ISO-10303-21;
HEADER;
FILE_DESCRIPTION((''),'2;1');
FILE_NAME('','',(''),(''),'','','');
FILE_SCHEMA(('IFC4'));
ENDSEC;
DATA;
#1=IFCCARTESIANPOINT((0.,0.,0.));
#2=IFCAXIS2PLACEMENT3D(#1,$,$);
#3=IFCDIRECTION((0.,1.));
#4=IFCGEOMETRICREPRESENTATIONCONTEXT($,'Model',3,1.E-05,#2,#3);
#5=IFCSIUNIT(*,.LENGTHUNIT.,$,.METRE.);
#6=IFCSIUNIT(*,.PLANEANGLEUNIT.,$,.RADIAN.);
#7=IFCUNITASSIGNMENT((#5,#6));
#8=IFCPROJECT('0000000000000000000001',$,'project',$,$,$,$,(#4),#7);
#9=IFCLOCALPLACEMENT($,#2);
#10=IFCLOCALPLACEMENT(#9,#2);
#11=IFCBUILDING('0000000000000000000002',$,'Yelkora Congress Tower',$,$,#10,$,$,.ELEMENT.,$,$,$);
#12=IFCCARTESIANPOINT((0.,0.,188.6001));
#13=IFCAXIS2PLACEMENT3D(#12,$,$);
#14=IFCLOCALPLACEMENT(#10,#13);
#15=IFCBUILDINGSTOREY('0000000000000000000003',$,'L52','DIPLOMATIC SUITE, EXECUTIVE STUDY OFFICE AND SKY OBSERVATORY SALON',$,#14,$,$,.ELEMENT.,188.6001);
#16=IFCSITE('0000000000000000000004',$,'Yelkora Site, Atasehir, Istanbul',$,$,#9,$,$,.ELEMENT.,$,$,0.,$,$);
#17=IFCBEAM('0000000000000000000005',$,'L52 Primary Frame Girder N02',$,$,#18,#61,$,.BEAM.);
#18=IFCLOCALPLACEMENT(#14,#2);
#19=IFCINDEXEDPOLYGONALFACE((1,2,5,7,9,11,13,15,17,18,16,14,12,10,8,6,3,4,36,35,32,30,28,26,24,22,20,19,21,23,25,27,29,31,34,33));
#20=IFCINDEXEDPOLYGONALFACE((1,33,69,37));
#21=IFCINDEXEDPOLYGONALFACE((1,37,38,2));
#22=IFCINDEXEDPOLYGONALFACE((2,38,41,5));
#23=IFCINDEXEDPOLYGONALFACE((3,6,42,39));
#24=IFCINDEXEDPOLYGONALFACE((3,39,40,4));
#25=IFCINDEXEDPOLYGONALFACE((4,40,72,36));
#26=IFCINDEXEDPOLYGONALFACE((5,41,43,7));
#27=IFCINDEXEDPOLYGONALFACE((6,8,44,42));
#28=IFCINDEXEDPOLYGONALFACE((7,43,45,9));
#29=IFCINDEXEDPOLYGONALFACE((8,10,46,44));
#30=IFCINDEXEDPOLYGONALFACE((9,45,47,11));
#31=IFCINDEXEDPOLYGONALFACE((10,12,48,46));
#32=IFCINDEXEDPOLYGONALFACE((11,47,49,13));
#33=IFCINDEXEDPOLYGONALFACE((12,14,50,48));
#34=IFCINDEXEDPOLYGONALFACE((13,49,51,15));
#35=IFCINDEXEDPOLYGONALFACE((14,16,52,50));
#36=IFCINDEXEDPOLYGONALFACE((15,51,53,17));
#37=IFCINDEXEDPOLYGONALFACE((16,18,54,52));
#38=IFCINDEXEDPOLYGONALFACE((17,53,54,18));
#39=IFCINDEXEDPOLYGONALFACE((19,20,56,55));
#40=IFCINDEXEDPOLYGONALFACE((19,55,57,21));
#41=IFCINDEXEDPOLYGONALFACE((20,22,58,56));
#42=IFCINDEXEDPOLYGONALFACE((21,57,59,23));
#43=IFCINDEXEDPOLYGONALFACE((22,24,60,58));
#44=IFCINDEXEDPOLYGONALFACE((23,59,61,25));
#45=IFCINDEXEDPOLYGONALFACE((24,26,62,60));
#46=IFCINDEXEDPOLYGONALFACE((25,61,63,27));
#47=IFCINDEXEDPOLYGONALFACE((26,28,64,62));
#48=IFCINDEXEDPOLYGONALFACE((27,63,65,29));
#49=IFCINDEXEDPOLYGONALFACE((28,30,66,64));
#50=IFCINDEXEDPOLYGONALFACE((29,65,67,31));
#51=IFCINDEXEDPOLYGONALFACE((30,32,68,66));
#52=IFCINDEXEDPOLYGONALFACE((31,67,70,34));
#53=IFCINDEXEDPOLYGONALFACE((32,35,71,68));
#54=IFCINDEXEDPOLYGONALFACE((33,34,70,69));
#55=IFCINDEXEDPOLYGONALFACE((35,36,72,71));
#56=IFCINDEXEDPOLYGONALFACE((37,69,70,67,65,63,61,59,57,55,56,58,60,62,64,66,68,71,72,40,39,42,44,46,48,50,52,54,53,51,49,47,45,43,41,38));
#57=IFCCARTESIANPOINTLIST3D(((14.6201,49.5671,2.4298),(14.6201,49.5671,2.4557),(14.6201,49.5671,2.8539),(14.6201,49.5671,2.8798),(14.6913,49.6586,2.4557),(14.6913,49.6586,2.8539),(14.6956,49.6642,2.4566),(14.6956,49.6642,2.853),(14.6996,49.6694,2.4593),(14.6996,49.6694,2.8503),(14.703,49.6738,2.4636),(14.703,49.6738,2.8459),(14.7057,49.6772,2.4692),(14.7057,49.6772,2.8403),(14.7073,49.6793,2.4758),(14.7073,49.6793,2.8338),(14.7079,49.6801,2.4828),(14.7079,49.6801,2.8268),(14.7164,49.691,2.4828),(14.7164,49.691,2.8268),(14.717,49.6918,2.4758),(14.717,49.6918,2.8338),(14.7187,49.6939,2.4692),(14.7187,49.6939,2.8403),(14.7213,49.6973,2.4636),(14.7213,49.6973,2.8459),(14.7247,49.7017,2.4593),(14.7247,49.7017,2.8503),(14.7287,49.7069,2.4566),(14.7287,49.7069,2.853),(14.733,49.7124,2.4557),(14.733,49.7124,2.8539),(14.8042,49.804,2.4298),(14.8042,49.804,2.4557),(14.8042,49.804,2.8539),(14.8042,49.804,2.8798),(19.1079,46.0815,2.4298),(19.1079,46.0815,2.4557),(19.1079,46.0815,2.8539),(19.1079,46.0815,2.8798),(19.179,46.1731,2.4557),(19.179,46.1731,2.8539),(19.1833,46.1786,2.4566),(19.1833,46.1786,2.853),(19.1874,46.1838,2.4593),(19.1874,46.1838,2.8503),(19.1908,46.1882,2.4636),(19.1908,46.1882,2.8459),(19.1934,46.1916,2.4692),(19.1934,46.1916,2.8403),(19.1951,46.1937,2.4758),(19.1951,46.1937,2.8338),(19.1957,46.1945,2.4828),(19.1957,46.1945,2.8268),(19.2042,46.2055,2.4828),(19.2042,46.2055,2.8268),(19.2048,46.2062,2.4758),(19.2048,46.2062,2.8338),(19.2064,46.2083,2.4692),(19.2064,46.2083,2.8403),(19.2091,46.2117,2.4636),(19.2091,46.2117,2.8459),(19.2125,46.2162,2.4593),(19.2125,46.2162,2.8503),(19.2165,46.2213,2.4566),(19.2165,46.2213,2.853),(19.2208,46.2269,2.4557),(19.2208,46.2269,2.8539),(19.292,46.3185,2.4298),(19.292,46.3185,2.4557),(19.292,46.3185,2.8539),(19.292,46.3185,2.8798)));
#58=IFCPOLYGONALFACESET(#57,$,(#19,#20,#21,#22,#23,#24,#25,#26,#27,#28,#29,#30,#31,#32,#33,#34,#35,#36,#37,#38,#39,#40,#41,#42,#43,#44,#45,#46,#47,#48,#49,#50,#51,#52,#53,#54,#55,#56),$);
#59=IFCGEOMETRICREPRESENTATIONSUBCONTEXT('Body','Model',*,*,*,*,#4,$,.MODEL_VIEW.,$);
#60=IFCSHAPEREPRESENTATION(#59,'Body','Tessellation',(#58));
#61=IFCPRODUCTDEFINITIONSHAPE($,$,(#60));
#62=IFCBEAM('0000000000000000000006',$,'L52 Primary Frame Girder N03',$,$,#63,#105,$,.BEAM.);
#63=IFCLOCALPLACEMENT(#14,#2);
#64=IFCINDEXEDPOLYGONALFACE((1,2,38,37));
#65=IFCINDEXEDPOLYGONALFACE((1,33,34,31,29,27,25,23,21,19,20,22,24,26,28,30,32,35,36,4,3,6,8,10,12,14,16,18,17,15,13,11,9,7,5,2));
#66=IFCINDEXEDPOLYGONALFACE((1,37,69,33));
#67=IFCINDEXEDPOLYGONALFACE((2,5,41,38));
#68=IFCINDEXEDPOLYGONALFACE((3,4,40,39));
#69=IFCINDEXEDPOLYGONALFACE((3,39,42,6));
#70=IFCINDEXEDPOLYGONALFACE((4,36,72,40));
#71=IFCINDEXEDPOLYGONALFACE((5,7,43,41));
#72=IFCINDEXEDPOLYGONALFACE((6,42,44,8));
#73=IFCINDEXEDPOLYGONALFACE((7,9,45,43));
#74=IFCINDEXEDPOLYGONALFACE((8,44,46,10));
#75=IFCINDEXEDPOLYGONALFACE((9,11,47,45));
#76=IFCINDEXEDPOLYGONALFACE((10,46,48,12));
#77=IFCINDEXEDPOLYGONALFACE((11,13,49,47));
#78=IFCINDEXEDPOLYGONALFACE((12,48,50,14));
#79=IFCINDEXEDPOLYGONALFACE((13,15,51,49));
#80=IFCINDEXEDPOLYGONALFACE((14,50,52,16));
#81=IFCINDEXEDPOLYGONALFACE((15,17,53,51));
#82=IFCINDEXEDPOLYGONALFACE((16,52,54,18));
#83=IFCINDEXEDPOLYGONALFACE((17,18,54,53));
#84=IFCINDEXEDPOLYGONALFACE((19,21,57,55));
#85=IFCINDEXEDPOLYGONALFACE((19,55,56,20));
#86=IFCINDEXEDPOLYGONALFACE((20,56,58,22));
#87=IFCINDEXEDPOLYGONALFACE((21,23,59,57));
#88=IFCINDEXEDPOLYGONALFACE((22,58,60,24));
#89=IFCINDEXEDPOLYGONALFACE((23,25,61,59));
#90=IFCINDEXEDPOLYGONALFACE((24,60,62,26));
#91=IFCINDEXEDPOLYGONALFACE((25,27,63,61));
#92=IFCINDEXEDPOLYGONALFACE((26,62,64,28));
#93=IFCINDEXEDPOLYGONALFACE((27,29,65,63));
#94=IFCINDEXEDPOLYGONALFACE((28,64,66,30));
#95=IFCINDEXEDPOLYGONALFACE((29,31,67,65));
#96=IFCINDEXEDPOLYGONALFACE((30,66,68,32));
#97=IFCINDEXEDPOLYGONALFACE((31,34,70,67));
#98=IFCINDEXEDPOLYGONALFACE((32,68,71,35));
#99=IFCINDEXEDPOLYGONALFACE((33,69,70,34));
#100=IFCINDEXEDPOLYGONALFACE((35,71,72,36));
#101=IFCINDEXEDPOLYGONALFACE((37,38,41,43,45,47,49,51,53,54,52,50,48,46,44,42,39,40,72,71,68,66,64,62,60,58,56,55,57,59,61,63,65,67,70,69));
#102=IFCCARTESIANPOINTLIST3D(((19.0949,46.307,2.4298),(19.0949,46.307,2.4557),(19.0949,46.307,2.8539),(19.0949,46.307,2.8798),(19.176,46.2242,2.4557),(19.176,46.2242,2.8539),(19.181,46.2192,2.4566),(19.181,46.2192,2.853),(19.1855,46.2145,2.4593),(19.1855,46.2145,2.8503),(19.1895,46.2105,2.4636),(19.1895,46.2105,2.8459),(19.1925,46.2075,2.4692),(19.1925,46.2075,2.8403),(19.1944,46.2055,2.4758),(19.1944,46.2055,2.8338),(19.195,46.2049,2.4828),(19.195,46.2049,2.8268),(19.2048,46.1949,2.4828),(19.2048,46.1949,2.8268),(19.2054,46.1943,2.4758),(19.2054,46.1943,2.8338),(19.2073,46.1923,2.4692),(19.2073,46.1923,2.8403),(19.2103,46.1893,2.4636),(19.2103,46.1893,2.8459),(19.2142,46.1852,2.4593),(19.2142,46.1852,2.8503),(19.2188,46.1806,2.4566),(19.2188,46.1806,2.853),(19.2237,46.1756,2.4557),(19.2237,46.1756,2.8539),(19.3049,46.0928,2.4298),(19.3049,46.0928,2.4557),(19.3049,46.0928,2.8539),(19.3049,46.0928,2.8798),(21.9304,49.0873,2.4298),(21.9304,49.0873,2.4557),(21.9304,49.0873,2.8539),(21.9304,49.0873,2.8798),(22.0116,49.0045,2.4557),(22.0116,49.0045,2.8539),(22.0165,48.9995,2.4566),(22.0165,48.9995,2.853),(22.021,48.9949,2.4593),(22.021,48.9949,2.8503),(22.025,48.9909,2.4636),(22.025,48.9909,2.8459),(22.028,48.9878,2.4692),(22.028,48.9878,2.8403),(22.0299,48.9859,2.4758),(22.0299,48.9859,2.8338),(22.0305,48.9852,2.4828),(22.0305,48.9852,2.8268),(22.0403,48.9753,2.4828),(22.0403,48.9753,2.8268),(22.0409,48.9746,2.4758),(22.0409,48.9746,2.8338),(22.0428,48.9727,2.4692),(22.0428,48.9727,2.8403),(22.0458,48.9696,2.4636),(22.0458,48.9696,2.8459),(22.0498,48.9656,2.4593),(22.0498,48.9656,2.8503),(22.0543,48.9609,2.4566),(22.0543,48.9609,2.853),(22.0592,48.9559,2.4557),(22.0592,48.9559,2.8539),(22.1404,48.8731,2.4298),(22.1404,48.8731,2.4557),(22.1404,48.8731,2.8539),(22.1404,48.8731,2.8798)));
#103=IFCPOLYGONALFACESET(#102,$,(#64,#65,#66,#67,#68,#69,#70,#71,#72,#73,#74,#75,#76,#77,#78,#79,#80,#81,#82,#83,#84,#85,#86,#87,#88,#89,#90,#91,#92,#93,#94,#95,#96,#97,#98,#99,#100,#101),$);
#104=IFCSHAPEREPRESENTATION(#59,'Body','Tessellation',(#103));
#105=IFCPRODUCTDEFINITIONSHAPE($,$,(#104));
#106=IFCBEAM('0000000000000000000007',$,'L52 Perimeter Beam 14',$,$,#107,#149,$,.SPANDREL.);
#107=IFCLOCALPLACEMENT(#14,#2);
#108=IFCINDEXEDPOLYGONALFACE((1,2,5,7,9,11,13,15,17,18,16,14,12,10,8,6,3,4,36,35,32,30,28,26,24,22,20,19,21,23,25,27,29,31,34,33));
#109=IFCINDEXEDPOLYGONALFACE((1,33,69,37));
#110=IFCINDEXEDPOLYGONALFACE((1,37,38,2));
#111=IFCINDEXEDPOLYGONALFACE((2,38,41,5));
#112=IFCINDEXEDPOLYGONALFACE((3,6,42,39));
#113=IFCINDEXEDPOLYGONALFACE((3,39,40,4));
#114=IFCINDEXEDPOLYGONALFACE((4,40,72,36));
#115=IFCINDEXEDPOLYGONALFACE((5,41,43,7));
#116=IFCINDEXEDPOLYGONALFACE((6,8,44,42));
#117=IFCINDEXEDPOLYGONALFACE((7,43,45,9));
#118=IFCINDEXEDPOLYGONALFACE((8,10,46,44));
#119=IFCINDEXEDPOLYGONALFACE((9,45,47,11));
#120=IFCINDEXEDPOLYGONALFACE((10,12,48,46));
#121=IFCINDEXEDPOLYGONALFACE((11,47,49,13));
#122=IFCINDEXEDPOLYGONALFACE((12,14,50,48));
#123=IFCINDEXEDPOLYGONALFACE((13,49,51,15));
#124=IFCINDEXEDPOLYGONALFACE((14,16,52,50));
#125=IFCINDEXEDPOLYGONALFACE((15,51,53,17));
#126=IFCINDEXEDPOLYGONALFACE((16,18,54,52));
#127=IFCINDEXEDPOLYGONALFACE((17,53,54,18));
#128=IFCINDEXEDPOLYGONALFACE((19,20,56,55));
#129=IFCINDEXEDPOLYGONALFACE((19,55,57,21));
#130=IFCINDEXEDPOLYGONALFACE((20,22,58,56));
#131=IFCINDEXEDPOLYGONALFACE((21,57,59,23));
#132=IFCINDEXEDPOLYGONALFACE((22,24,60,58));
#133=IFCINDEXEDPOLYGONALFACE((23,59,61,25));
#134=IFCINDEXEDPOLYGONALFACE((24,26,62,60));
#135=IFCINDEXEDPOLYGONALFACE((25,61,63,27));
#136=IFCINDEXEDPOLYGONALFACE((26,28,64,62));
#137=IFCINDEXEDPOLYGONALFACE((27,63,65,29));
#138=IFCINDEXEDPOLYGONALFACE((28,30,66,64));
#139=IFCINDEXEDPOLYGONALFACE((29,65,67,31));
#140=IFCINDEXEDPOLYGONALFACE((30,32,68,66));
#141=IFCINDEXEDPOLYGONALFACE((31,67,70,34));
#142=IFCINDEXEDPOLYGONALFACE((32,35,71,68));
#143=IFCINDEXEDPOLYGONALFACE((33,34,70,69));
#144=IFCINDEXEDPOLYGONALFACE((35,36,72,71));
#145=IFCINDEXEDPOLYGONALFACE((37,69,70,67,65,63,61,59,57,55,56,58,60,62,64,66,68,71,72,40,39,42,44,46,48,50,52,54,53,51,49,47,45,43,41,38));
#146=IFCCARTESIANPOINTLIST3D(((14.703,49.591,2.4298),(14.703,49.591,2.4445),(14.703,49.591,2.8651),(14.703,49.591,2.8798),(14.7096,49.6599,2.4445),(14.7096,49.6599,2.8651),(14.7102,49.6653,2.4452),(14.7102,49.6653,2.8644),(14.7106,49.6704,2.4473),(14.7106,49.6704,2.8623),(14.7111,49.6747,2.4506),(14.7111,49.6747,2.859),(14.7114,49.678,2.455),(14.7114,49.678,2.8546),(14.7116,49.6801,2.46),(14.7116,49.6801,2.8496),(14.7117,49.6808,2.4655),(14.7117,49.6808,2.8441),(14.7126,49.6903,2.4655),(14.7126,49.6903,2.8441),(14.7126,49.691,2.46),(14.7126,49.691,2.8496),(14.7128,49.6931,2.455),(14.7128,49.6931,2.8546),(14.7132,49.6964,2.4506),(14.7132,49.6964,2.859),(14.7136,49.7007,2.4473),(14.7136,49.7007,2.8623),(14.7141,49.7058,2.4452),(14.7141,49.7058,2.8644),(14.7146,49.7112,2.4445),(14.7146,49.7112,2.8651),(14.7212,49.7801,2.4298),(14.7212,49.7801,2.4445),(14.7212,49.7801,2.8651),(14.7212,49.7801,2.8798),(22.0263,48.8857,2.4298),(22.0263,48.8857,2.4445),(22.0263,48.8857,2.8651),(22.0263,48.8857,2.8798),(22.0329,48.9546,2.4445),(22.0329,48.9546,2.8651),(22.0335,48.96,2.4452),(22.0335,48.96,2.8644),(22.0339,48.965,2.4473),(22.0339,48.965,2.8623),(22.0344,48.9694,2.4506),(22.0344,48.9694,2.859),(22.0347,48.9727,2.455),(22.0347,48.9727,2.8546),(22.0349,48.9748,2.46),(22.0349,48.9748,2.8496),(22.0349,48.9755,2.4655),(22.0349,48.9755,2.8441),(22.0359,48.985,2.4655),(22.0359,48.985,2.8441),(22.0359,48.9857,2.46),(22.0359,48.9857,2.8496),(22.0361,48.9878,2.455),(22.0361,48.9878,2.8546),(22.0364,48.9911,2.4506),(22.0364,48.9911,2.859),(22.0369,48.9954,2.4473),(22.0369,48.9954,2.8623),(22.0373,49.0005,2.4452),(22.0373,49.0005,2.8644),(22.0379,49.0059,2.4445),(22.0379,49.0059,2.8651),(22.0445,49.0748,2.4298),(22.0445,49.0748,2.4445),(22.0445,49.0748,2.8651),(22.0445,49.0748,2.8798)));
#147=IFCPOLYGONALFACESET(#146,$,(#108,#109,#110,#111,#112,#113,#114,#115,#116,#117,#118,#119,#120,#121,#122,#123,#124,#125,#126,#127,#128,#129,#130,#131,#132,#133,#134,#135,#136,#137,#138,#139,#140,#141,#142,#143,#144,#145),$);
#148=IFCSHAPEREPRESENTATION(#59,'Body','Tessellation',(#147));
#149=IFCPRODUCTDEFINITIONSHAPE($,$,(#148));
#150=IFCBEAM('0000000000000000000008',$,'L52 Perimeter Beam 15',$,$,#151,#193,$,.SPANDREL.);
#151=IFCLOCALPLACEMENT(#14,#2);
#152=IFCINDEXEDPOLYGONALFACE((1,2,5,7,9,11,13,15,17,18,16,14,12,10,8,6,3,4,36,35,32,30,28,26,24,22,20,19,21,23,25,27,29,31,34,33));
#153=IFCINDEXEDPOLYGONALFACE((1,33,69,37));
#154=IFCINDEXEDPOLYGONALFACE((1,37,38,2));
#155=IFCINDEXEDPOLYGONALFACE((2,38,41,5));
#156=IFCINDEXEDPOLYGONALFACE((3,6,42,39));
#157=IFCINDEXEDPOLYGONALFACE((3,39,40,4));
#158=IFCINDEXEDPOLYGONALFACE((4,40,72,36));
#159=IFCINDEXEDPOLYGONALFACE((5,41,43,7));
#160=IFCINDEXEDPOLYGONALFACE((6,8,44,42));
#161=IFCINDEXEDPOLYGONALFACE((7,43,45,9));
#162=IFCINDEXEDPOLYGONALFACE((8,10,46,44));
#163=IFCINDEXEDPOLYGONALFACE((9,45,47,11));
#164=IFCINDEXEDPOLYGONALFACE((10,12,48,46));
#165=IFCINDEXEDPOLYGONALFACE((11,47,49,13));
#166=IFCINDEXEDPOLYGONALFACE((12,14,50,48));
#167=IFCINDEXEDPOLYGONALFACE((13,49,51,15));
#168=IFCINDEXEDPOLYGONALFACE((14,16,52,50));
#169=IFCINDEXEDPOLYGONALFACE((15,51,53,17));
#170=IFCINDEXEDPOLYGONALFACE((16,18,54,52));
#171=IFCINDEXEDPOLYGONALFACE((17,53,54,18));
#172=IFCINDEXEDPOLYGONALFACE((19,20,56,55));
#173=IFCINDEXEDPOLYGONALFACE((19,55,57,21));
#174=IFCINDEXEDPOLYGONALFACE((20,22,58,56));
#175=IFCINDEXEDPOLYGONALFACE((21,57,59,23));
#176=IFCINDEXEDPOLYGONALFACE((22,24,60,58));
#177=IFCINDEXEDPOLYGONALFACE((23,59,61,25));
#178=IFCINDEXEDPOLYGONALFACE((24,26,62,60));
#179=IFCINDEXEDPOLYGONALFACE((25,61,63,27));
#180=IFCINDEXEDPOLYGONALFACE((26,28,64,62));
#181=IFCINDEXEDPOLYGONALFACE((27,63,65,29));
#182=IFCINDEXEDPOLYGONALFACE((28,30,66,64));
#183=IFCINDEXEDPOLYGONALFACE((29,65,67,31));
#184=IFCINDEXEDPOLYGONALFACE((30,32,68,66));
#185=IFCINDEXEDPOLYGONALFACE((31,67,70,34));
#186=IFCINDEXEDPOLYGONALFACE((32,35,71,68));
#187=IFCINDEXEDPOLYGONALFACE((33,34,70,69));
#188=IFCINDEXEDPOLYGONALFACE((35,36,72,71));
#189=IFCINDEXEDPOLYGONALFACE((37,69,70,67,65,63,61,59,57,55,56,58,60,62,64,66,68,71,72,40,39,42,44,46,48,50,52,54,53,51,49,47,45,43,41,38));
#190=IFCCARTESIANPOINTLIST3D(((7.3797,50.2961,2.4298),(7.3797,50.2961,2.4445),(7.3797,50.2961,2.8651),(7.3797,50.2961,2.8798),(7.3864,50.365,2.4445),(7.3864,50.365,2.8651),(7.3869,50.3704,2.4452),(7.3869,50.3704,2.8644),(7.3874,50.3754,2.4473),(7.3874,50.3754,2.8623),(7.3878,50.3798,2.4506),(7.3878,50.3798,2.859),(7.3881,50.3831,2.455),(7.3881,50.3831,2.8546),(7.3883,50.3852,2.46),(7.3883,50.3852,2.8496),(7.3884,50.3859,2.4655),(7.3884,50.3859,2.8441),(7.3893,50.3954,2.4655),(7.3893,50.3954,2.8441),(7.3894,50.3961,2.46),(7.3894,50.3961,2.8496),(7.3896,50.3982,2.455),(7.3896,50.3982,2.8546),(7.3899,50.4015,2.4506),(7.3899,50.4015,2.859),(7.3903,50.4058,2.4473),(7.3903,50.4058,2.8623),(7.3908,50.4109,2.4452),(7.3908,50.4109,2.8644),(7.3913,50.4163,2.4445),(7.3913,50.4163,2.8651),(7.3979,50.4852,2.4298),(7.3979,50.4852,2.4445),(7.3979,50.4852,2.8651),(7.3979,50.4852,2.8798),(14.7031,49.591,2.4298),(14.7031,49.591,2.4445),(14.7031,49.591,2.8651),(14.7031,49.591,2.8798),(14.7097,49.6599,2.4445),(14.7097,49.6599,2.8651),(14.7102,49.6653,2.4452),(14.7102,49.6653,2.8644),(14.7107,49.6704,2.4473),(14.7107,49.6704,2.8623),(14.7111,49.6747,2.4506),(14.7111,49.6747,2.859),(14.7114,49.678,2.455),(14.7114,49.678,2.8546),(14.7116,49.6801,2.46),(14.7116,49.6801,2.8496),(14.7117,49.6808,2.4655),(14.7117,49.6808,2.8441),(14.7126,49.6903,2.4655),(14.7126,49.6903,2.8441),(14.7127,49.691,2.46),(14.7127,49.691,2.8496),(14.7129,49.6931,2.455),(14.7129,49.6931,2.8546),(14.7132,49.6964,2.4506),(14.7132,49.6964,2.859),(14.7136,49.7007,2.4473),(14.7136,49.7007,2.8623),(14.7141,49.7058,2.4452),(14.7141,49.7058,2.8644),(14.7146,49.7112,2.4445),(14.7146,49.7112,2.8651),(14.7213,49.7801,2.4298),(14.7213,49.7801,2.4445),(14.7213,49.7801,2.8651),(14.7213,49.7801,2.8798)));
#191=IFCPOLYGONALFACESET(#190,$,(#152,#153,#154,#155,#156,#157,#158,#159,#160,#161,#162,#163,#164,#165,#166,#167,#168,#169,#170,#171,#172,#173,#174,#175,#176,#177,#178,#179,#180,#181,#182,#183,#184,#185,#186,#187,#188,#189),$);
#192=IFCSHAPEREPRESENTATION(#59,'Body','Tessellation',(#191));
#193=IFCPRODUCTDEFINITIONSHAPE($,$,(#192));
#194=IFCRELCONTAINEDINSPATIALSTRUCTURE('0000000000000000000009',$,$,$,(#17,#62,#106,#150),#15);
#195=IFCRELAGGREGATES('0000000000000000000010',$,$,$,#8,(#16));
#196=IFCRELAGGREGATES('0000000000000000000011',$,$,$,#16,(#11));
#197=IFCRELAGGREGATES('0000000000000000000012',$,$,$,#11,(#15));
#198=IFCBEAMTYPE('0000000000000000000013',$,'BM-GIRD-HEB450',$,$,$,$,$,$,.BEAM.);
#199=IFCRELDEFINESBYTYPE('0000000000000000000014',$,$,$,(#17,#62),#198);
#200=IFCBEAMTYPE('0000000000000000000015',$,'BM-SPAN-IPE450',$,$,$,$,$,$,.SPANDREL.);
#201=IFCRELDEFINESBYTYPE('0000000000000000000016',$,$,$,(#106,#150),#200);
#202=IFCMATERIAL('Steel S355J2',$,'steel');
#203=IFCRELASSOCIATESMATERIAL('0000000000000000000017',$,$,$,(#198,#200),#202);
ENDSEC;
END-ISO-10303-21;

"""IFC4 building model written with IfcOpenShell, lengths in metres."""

from ifc_helpers import new_model, si_unit, direction, frame, origin, origin_2d, place, context, subcontext, project, spatial, i_section, extrude, material, material_profile, profile_set, type_object, element, save


model = new_model("IFC4")

# Units and contexts
model_context = context("Model", 3, precision=1e-05, world=origin(), true_north=direction((0.0, 1.0)))
body_context = subcontext(model_context, "Body", "Model", "MODEL_VIEW")
ifc_project = project(units=[si_unit("LENGTHUNIT", "METRE"), si_unit("PLANEANGLEUNIT", "RADIAN")], contexts=[model_context])

# Site, building, storey
site_placement = place(None, origin())
site = spatial("IfcSite", under=ifc_project, at=site_placement, Name="Yelkora Site, Atasehir, Istanbul", CompositionType="ELEMENT", RefElevation=0.0)
building_placement = place(site_placement, origin())
building = spatial("IfcBuilding", under=site, at=building_placement, Name="Yelkora Congress Tower", CompositionType="ELEMENT")
storey_placement = place(building_placement, frame((0.0, 0.0, 188.6001)))
storey = spatial("IfcBuildingStorey", under=building, at=storey_placement, Name="L52", Description="DIPLOMATIC SUITE, EXECUTIVE STUDY OFFICE AND SKY OBSERVATORY SALON", CompositionType="ELEMENT", Elevation=188.6001)

# Beams
ifc_material_1 = material(Name="Steel S355J2", Category="steel")
ifc_material_profile_1 = material_profile(ifc_material_1, i_section(OverallWidth=0.3, OverallDepth=0.45, WebThickness=0.0139, FlangeThickness=0.0259, FilletRadius=0.0271, at=origin_2d()), Name="HEB 450")
ifc_profile_set_1 = profile_set([ifc_material_profile_1], Name="Steel S355J2")
beam_type_1 = type_object("IfcBeamType", Name="BM-GIRD-HEB450", PredefinedType="BEAM", material=ifc_profile_set_1)
beam_1_placement = place(storey_placement, frame((14.7122, 49.6855, 2.6548), z_axis=(0.789771, -0.613402, 0.0), x_axis=(0.613402, 0.789771, 0.0)))
element("IfcBeam", 1, at=beam_1_placement, inside=storey, type_object=beam_type_1, Name="L52 Primary Frame Girder N02", PredefinedType="BEAM", context=body_context, shape_type="SweptSolid", body=[
    extrude(i_section(OverallWidth=0.3, OverallDepth=0.45, WebThickness=0.0139, FlangeThickness=0.0259, FilletRadius=0.0271, at=origin_2d()), origin(), (0.0, 0.0, 1.0), 5.6824),
])
beam_2_placement = place(storey_placement, frame((22.0354, 48.9802, 2.6548), z_axis=(-0.71402, -0.700126, 0.0), x_axis=(0.700126, -0.71402, 0.0)))
element("IfcBeam", 2, at=beam_2_placement, inside=storey, type_object=beam_type_1, Name="L52 Primary Frame Girder N03", PredefinedType="BEAM", context=body_context, shape_type="SweptSolid", body=[
    extrude(i_section(OverallWidth=0.3, OverallDepth=0.45, WebThickness=0.0139, FlangeThickness=0.0259, FilletRadius=0.0271, at=origin_2d()), origin(), (0.0, 0.0, 1.0), 3.9712),
])
ifc_material_profile_2 = material_profile(ifc_material_1, i_section(OverallWidth=0.1899, OverallDepth=0.45, WebThickness=0.0095, FlangeThickness=0.0146, FilletRadius=0.021, at=origin_2d()), Name="IPE 450")
ifc_profile_set_2 = profile_set([ifc_material_profile_2], Name="Steel S355J2")
beam_type_2 = type_object("IfcBeamType", Name="BM-SPAN-IPE450", PredefinedType="SPANDREL", material=ifc_profile_set_2)
for number, where, z_axis, x_axis, name in (
    (3, (22.0354, 48.9802, 2.6548), (-0.995394, 0.095869, 0.0), (-0.095869, -0.995394, 0.0), "L52 Perimeter Beam 14"),
    (4, (14.7122, 49.6855, 2.6548), (-0.995397, 0.095836, 0.0), (-0.095836, -0.995397, 0.0), "L52 Perimeter Beam 15"),
):
    element("IfcBeam", number, at=place(storey_placement, frame(where, z_axis=z_axis, x_axis=x_axis)), inside=storey, type_object=beam_type_2, Name=name, PredefinedType="SPANDREL", context=body_context, shape_type="SweptSolid", body=[
        extrude(i_section(OverallWidth=0.1899, OverallDepth=0.45, WebThickness=0.0095, FlangeThickness=0.0146, FilletRadius=0.021, at=origin_2d()), origin(), (0.0, 0.0, 1.0), 7.3572),
    ])

save(model, "model.ifc")
